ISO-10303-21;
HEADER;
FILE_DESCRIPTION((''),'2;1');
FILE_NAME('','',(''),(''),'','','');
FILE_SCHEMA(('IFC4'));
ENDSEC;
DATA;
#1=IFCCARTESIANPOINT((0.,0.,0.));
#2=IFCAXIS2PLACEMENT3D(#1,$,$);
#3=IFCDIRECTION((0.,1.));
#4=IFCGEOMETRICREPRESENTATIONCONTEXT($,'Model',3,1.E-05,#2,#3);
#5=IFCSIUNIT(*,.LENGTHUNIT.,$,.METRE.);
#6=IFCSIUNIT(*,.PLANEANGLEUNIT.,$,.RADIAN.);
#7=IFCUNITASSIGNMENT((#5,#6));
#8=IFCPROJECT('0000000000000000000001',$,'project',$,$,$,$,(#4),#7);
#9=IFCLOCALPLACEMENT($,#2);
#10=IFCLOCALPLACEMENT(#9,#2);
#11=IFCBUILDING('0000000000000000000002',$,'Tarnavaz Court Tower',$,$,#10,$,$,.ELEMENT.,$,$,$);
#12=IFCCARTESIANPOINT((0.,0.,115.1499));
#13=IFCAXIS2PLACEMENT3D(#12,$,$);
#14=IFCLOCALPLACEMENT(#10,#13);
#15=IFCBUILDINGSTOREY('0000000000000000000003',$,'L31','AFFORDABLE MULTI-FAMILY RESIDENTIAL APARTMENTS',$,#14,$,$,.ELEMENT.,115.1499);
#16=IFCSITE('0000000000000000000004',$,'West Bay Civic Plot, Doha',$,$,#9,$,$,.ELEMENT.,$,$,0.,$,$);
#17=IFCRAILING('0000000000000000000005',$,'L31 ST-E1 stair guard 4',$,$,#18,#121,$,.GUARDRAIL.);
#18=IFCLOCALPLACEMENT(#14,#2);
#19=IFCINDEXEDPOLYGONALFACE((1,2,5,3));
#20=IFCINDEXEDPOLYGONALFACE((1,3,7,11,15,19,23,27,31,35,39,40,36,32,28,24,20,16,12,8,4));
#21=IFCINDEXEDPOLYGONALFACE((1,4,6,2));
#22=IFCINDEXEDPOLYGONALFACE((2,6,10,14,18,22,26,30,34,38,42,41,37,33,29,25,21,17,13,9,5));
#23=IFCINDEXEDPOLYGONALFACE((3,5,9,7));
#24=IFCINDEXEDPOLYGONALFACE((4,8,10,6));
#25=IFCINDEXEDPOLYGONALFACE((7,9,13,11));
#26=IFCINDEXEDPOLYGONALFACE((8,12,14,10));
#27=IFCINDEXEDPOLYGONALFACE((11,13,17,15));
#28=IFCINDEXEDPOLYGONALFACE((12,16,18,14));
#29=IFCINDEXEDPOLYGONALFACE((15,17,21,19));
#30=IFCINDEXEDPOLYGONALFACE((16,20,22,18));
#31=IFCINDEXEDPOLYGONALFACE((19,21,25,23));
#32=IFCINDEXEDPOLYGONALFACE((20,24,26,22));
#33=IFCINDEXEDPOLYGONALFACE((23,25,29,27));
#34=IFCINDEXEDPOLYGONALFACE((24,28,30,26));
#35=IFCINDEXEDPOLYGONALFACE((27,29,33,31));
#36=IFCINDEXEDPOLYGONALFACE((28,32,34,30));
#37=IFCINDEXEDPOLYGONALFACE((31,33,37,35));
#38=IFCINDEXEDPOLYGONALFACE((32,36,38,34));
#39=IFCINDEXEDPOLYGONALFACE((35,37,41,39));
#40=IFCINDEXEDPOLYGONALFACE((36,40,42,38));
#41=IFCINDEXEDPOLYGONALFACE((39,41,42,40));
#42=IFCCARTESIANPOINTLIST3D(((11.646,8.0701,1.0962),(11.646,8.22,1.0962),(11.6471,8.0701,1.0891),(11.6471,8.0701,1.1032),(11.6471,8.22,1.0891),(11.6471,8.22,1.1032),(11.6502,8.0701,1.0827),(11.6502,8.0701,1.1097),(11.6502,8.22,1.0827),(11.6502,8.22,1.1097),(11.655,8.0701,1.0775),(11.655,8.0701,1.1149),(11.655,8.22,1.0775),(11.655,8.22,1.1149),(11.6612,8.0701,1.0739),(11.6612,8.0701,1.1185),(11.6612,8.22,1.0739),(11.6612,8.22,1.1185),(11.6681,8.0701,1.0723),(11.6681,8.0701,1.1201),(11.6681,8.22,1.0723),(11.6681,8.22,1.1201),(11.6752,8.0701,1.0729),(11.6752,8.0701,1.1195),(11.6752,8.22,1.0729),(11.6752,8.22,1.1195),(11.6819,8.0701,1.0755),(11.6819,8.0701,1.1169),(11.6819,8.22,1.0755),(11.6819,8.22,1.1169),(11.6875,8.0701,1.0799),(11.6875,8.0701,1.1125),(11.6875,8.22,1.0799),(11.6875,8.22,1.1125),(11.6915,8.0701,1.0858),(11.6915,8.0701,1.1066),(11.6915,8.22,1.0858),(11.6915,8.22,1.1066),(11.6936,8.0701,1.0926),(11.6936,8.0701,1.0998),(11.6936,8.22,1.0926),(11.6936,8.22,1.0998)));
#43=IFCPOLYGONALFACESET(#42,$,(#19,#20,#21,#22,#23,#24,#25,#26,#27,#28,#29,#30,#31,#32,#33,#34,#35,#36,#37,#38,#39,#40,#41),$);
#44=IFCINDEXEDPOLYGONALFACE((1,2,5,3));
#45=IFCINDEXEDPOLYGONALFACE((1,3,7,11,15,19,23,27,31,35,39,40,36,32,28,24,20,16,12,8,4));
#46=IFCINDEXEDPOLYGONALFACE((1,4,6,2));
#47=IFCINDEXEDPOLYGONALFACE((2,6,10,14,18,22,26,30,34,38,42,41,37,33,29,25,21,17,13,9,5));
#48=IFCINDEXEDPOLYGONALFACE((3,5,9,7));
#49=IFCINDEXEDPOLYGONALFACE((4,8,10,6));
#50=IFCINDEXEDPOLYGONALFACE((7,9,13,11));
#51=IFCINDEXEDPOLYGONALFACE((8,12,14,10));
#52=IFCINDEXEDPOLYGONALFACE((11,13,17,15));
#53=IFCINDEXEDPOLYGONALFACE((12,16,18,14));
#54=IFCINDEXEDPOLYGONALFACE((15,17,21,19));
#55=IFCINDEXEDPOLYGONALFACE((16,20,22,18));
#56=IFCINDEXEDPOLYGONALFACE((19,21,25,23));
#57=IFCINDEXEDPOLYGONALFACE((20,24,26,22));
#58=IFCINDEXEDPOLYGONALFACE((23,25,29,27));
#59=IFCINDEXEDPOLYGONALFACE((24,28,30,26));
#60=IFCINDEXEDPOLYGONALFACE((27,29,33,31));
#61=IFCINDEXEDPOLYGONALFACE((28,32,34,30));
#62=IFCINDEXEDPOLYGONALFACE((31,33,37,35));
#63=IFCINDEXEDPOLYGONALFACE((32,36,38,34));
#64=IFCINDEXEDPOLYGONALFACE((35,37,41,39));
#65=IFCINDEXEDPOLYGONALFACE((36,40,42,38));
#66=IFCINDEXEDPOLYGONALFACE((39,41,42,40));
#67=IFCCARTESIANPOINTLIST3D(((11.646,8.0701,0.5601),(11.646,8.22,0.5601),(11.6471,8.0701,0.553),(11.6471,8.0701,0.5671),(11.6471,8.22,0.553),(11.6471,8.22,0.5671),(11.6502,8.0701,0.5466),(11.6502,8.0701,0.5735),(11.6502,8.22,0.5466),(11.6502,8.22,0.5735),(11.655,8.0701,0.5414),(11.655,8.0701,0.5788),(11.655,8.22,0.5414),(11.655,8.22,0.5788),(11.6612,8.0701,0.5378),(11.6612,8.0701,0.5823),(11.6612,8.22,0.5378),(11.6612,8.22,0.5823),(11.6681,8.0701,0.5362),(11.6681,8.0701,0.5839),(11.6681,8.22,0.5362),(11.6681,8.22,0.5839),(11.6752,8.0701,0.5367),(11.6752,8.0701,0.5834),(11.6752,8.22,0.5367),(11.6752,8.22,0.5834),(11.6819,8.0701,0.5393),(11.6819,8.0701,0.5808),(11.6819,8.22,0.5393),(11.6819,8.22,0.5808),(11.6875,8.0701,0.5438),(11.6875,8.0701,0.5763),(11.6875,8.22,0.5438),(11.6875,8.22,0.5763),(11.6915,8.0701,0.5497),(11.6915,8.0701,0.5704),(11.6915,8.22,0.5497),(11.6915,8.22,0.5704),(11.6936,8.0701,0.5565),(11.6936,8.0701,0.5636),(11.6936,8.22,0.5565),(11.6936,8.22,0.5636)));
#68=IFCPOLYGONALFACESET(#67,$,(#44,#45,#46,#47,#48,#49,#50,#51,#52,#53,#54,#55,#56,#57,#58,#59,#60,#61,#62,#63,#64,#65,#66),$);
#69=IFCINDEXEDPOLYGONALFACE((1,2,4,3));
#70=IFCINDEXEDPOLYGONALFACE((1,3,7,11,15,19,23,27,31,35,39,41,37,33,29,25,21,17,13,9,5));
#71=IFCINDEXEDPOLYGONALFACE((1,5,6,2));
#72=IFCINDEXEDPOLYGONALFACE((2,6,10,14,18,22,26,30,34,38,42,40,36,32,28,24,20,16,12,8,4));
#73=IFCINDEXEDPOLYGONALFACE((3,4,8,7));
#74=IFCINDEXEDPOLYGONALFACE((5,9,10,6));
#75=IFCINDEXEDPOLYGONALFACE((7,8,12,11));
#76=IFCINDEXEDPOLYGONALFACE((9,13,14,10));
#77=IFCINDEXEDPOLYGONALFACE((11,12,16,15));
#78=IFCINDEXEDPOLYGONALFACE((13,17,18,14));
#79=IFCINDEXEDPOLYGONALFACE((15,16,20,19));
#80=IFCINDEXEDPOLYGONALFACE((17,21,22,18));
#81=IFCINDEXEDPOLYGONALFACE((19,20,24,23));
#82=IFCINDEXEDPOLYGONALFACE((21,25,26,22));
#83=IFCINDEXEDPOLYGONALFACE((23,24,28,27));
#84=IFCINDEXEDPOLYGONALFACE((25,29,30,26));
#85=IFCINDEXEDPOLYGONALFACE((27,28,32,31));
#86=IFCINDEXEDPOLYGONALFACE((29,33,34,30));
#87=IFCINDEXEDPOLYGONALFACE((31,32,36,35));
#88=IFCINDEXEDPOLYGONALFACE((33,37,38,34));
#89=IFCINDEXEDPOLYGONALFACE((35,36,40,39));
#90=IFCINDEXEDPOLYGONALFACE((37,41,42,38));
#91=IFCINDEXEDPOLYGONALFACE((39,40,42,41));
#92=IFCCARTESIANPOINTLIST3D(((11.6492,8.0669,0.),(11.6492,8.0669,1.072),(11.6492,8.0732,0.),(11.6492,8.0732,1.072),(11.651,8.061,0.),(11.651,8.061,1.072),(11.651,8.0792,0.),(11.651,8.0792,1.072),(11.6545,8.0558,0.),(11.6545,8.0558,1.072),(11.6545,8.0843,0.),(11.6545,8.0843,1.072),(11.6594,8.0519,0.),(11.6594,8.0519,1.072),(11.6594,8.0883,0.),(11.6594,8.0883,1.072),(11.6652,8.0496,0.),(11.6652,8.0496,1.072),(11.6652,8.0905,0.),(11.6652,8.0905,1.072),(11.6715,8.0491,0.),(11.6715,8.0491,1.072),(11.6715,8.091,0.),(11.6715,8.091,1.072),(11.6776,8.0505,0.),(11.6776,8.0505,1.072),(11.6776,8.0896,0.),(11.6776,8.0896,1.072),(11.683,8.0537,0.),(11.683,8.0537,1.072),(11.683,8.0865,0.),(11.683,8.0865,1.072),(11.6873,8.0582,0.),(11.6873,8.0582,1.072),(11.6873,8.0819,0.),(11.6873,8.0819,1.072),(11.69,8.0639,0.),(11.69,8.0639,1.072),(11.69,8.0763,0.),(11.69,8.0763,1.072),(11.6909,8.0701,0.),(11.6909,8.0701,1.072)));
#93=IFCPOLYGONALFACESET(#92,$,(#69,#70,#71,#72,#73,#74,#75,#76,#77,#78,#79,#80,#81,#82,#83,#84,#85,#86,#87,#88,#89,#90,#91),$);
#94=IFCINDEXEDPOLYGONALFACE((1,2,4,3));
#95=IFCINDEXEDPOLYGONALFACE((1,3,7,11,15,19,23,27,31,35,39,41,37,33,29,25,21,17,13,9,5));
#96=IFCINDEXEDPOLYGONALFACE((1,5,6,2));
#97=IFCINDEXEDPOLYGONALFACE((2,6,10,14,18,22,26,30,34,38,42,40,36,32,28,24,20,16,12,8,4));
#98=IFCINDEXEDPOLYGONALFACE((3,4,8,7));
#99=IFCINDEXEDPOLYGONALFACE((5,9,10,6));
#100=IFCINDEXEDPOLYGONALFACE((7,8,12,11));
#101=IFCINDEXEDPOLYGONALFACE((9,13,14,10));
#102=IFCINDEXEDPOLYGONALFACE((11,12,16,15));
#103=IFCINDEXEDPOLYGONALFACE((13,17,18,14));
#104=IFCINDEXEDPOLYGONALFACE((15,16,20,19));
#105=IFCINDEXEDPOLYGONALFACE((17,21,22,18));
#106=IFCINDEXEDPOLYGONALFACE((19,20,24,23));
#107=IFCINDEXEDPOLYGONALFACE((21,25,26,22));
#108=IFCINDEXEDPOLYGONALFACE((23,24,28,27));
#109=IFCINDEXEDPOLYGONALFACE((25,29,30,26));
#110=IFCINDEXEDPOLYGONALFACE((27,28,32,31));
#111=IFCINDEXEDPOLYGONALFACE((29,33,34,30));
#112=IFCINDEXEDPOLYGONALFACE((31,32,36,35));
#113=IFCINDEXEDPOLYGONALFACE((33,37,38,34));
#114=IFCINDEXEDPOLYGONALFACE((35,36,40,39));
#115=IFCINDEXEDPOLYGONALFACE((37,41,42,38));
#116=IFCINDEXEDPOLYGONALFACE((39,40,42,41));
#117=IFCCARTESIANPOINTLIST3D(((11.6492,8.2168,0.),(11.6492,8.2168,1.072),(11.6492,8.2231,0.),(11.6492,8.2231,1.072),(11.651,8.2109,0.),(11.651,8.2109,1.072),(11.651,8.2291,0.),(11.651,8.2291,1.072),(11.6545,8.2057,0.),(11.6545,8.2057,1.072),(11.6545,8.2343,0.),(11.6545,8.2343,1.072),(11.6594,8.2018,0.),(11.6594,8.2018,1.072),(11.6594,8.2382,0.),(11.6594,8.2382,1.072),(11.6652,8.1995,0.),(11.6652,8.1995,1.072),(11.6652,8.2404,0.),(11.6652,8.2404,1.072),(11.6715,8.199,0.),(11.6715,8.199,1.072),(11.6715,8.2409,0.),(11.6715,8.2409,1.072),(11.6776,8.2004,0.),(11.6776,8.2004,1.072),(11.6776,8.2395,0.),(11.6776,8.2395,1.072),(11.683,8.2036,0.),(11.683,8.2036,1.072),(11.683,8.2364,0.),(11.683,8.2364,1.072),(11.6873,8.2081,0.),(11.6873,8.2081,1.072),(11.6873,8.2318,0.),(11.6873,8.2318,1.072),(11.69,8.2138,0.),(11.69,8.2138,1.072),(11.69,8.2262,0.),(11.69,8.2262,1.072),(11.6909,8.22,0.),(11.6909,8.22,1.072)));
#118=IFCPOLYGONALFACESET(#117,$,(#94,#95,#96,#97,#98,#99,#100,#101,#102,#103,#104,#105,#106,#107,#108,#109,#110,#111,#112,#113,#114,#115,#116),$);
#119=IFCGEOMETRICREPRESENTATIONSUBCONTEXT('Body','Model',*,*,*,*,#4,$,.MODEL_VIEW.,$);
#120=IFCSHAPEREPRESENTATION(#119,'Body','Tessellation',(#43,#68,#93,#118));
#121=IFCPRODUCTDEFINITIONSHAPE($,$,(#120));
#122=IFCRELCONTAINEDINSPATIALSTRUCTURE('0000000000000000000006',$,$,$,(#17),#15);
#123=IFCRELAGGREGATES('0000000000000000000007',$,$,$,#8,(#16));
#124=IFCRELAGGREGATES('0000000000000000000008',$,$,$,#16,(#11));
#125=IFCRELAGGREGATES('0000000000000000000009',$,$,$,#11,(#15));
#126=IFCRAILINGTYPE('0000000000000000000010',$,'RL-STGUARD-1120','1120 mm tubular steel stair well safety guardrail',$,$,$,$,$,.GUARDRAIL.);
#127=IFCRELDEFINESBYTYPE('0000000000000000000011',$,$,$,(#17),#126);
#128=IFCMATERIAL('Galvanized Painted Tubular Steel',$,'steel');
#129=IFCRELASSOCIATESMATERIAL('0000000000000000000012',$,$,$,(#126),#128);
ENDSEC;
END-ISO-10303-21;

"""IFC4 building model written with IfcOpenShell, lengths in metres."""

from ifc_helpers import new_model, si_unit, direction, frame, origin, origin_2d, place, context, subcontext, project, spatial, circle, extrude, material, type_object, element, save


model = new_model("IFC4")

# Units and contexts
model_context = context("Model", 3, precision=1e-05, world=origin(), true_north=direction((0.0, 1.0)))
body_context = subcontext(model_context, "Body", "Model", "MODEL_VIEW")
ifc_project = project(units=[si_unit("LENGTHUNIT", "METRE"), si_unit("PLANEANGLEUNIT", "RADIAN")], contexts=[model_context])

# Site, building, storey
site_placement = place(None, origin())
site = spatial("IfcSite", under=ifc_project, at=site_placement, Name="West Bay Civic Plot, Doha", CompositionType="ELEMENT", RefElevation=0.0)
building_placement = place(site_placement, origin())
building = spatial("IfcBuilding", under=site, at=building_placement, Name="Tarnavaz Court Tower", CompositionType="ELEMENT")
storey_placement = place(building_placement, frame((0.0, 0.0, 115.1499)))
storey = spatial("IfcBuildingStorey", under=building, at=storey_placement, Name="L31", Description="AFFORDABLE MULTI-FAMILY RESIDENTIAL APARTMENTS", CompositionType="ELEMENT", Elevation=115.1499)

# Railing
ifc_material_1 = material(Name="Galvanized Painted Tubular Steel", Category="steel")
railing_type_1 = type_object("IfcRailingType", Name="RL-STGUARD-1120", Description="1120 mm tubular steel stair well safety guardrail", PredefinedType="GUARDRAIL", material=ifc_material_1)
railing_1_placement = place(storey_placement, frame((11.6699, 8.0701, 0.0)))
element("IfcRailing", 1, at=railing_1_placement, inside=storey, type_object=railing_type_1, Name="L31 ST-E1 stair guard 4", PredefinedType="GUARDRAIL", context=body_context, shape_type="SweptSolid", body=[
    extrude(circle(Radius=0.0239, at=origin_2d()), frame((0.0, 0.0, 1.0962), z_axis=(0.0, 1.0, 0.0), x_axis=(-1.0, 0.0, 0.0)), (0.0, 0.0, 1.0), 0.1499),
    extrude(circle(Radius=0.0239, at=origin_2d()), frame((0.0, 0.0, 0.5601), z_axis=(0.0, 1.0, 0.0), x_axis=(-1.0, 0.0, 0.0)), (0.0, 0.0, 1.0), 0.1499),
    extrude(circle(Radius=0.021, at=origin_2d()), origin(), (0.0, 0.0, 1.0), 1.072),
    extrude(circle(Radius=0.021, at=origin_2d()), frame((0.0, 0.1499, 0.0)), (0.0, 0.0, 1.0), 1.072),
])

save(model, "model.ifc")
